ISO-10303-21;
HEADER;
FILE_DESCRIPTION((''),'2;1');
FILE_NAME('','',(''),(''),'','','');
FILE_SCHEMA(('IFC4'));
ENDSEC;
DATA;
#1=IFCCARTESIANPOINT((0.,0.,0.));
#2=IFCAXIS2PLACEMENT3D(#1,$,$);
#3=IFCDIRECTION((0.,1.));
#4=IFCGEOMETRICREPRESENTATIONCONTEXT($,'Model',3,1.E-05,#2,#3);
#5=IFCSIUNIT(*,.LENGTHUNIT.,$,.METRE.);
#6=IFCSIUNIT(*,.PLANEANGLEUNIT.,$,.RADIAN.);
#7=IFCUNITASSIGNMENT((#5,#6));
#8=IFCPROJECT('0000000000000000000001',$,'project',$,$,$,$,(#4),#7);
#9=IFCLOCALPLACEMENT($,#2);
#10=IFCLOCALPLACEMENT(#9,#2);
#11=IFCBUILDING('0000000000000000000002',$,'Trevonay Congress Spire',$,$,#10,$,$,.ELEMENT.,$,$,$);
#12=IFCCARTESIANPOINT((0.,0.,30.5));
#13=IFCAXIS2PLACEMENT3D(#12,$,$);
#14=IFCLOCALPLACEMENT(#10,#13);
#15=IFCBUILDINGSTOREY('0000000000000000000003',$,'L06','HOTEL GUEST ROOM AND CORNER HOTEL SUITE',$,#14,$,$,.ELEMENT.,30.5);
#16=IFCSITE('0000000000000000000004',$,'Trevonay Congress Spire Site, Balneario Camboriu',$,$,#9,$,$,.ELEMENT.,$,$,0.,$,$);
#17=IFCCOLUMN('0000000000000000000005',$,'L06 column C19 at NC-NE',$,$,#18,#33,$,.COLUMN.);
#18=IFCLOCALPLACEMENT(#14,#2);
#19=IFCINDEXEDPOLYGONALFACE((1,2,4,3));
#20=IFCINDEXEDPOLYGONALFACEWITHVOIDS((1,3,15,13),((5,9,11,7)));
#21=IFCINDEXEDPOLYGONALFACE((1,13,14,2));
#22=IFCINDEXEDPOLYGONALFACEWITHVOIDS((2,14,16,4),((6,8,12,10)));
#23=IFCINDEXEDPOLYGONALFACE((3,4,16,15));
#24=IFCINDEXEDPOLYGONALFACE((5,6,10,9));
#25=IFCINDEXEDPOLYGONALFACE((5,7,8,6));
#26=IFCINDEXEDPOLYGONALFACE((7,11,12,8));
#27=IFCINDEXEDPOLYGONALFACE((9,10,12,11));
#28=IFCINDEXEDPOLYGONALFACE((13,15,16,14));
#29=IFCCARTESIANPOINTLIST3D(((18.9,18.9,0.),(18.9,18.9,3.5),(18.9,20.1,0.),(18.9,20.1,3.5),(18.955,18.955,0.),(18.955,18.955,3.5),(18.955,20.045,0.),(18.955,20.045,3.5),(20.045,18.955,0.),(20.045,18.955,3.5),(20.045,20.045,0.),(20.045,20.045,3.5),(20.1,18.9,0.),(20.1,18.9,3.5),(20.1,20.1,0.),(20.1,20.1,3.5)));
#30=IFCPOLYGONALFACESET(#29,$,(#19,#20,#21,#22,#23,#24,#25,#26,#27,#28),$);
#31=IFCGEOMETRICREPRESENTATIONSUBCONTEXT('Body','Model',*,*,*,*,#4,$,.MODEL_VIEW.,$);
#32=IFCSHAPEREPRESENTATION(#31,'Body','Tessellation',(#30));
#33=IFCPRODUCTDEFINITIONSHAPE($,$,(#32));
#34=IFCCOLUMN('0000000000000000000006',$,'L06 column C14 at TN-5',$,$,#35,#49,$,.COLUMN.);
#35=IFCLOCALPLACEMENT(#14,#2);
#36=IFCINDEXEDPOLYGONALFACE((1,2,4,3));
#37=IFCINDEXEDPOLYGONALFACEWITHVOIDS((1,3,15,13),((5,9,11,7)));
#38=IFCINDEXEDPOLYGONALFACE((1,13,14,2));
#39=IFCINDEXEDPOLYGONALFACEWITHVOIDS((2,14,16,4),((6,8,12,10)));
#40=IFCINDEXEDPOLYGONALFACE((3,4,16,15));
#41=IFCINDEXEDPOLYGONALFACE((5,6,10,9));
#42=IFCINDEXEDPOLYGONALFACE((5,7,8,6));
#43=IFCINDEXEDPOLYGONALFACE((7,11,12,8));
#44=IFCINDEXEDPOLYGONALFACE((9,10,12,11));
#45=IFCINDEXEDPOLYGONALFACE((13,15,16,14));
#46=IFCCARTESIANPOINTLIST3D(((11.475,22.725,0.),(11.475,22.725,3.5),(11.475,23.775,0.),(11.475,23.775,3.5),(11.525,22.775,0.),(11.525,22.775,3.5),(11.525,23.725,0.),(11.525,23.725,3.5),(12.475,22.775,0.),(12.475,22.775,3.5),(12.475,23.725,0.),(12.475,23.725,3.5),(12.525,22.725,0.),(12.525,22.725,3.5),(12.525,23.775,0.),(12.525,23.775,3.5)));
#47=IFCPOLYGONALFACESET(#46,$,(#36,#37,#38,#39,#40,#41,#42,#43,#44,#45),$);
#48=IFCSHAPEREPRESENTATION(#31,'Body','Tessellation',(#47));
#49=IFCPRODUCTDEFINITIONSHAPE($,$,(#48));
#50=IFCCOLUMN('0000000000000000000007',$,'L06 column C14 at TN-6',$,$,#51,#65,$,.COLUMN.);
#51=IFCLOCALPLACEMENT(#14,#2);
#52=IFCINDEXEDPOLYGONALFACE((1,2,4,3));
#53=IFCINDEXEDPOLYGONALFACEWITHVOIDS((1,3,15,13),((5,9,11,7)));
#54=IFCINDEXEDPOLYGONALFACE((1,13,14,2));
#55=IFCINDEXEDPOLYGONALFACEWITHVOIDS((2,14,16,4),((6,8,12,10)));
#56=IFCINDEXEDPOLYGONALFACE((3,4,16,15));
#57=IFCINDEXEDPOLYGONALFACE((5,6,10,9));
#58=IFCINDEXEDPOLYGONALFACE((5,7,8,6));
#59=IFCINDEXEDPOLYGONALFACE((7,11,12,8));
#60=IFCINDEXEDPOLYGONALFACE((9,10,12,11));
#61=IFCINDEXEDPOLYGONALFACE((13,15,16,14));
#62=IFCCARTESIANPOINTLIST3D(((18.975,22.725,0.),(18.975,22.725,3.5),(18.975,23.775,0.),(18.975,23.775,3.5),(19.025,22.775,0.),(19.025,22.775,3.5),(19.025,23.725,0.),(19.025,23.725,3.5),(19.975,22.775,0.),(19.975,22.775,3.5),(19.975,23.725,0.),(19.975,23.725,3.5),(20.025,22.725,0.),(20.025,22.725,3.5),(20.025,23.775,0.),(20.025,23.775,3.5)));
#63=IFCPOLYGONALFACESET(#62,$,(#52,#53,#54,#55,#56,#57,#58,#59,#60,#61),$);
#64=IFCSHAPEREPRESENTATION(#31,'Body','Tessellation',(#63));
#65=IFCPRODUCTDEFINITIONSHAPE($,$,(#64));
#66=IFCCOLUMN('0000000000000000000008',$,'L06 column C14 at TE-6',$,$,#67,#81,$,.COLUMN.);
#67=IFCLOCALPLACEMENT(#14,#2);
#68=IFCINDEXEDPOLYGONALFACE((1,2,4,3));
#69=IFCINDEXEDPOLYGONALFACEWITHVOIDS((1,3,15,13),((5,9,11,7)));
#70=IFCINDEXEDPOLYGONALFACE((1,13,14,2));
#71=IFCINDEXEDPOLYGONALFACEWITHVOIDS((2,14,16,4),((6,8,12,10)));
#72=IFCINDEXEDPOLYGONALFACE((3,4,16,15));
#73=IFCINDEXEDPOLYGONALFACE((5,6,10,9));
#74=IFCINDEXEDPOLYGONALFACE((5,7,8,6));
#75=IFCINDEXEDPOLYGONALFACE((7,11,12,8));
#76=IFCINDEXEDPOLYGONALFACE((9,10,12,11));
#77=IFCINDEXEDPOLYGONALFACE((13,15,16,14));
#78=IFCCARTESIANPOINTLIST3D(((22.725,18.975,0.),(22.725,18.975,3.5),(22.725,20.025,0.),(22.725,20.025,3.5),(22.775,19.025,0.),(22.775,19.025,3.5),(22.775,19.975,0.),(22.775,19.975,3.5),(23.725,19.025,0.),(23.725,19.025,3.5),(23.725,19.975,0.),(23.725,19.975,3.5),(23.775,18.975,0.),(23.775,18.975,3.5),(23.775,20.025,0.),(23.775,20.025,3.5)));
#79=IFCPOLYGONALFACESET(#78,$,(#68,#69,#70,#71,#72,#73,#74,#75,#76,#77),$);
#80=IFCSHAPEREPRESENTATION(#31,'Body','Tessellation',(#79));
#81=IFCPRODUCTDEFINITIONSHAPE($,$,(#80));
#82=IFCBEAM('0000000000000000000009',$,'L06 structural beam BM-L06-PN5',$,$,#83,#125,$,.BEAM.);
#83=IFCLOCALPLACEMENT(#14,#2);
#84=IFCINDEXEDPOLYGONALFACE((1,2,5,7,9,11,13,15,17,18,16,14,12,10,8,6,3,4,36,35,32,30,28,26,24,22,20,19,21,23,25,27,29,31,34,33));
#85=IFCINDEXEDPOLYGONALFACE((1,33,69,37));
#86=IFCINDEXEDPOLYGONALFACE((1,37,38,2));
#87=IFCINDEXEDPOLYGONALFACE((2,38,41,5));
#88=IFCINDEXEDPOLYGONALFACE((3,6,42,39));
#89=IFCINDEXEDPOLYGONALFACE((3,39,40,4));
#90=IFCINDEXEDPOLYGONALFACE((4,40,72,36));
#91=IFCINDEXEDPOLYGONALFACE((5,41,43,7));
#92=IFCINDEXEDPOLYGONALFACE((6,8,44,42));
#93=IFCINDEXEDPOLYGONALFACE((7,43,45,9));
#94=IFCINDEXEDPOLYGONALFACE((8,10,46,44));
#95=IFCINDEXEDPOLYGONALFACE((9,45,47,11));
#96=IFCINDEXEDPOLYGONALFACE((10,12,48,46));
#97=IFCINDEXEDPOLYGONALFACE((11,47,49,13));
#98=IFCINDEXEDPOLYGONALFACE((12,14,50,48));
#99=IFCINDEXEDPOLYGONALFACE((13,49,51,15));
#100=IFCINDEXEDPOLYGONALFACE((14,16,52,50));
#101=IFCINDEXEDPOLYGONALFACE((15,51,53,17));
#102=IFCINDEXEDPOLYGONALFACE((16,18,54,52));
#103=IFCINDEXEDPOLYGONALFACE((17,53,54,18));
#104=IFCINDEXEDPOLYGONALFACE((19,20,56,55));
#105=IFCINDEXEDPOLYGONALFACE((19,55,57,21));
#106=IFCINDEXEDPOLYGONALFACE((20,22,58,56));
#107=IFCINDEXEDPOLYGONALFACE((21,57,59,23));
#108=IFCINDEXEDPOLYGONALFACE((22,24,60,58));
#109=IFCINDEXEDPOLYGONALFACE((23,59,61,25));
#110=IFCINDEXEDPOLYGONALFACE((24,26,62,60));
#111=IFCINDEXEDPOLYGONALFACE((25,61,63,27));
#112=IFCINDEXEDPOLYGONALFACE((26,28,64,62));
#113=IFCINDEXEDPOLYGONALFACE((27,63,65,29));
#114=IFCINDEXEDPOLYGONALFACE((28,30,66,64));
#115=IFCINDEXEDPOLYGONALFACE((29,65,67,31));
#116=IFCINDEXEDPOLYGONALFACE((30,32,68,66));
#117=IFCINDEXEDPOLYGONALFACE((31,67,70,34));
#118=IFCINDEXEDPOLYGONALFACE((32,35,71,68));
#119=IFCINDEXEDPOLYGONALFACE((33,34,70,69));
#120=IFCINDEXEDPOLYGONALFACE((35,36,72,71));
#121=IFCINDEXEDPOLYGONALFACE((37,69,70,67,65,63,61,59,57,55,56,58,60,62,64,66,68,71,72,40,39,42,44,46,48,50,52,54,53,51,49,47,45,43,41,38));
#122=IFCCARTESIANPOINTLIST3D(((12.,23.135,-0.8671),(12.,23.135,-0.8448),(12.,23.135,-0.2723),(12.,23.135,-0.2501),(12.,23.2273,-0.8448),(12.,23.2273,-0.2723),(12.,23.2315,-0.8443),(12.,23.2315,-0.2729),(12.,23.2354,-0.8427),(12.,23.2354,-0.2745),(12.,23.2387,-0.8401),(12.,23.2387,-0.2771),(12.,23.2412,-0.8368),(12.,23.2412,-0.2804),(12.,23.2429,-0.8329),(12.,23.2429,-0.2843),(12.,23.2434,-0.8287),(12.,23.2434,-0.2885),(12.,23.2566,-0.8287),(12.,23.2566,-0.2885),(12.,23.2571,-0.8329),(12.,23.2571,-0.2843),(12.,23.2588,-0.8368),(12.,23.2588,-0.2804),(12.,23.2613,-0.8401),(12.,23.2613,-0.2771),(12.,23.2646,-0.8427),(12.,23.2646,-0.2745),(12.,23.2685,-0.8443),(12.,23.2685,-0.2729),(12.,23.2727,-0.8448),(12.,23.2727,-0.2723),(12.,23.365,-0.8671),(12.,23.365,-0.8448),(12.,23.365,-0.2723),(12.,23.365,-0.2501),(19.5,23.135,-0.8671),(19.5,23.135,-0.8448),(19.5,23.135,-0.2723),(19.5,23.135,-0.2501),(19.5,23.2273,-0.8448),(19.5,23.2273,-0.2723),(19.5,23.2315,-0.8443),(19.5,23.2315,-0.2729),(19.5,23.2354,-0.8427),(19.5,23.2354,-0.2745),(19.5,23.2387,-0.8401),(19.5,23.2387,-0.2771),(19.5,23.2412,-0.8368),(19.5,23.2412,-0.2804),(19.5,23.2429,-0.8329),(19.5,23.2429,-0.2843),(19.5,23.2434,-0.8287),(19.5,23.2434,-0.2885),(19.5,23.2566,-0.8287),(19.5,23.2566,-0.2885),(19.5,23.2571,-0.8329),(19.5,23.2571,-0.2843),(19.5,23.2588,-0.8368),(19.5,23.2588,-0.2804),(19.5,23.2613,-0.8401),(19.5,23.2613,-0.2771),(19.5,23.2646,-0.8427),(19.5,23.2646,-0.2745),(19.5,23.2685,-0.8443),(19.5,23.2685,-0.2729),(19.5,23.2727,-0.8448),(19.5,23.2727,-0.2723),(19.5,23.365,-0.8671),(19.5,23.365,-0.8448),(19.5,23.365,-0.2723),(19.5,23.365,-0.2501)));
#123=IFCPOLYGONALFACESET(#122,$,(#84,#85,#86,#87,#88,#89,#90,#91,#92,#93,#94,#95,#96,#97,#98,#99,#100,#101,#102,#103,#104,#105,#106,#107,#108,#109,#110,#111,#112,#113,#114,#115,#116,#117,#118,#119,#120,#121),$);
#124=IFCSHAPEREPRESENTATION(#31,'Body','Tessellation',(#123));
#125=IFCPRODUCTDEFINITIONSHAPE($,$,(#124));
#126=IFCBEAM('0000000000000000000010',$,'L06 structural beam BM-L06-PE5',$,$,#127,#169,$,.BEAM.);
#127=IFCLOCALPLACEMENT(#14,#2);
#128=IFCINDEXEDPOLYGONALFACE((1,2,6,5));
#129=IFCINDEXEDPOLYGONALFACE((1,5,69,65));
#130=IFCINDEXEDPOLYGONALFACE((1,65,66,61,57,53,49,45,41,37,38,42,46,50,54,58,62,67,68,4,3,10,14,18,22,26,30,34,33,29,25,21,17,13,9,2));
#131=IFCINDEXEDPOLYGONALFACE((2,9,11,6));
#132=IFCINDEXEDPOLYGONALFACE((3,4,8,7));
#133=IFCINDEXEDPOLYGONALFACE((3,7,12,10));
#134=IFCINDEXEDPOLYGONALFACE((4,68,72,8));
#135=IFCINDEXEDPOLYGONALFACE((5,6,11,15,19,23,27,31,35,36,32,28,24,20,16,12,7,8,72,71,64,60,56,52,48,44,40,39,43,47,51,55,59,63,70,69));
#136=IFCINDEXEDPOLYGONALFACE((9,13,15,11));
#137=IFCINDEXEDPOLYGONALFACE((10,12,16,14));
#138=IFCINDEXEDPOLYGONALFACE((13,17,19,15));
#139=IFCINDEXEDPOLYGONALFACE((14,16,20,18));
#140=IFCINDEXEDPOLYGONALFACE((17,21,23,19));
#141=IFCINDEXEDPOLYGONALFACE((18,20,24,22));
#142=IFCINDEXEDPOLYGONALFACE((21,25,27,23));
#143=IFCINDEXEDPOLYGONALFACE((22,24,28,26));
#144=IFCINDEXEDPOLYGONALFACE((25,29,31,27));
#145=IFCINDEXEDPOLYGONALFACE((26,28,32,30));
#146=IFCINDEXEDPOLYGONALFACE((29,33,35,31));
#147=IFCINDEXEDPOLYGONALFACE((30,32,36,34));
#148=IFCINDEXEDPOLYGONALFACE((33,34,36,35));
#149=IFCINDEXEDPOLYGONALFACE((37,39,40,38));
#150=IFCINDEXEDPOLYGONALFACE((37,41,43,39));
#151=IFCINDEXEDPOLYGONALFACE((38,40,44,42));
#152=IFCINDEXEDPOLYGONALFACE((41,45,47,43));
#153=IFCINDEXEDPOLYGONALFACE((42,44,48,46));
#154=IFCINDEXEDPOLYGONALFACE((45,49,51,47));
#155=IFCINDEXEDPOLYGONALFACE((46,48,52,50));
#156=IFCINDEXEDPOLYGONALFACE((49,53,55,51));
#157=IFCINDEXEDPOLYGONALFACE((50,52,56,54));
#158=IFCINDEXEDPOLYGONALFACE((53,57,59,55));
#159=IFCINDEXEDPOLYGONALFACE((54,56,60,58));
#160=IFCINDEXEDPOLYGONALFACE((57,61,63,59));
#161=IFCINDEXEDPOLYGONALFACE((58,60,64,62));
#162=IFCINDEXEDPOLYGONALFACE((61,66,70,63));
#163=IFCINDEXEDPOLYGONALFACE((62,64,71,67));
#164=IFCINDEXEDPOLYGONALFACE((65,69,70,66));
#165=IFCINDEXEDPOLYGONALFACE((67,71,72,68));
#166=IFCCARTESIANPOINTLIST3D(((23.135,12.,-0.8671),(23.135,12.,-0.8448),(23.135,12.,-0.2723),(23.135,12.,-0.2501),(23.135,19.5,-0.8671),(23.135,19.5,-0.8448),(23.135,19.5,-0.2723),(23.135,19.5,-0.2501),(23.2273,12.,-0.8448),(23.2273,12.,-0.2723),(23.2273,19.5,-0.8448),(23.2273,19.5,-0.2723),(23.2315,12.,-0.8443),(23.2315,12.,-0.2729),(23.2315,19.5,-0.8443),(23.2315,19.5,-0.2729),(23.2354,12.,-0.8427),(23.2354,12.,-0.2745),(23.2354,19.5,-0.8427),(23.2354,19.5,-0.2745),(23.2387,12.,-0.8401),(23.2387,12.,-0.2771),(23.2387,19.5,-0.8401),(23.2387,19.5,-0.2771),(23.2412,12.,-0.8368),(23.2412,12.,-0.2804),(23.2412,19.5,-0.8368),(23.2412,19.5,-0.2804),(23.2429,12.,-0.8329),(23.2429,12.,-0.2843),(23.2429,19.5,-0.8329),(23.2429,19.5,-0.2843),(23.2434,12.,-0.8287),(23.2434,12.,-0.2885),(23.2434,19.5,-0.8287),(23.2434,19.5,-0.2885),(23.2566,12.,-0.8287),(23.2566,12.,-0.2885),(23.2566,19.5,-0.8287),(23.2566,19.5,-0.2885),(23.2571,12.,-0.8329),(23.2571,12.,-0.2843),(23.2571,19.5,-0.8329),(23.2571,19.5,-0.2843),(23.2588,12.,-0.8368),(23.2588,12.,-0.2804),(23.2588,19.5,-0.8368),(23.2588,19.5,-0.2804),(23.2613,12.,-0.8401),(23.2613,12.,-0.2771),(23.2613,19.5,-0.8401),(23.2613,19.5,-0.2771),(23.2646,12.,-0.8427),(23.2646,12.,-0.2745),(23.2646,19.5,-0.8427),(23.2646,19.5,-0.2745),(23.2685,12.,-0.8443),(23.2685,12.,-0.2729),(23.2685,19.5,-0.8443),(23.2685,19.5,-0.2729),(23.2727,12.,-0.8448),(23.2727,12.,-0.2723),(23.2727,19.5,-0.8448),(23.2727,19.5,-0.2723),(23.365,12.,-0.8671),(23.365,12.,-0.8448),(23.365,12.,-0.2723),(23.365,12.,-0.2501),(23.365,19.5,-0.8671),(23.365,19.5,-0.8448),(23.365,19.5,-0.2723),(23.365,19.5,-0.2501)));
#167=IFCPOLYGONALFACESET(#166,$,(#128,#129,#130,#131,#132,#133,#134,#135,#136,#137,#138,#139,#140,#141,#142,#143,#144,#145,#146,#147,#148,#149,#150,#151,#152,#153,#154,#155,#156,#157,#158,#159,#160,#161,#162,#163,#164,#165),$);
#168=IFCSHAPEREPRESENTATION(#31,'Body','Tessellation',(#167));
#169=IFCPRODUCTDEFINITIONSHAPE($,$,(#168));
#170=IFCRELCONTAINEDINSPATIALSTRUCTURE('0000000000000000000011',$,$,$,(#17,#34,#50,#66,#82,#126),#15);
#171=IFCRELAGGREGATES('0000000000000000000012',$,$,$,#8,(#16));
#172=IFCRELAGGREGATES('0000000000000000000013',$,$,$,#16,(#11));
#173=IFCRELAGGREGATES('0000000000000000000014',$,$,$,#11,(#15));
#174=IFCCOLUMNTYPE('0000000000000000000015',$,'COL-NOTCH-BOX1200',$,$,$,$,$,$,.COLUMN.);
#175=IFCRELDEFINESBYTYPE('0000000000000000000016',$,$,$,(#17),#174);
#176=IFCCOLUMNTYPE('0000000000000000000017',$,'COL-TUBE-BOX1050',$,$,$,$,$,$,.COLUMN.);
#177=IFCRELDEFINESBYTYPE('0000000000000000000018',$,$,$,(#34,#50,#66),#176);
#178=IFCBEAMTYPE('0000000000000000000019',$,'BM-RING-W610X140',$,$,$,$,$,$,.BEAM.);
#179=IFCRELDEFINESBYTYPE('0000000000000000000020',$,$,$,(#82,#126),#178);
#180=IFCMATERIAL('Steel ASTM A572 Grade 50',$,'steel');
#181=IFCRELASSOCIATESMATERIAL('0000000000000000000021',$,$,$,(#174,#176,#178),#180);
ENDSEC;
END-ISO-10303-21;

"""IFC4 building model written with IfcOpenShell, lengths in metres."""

from ifc_helpers import new_model, si_unit, direction, frame, origin, origin_2d, place, context, subcontext, project, spatial, hollow_rectangle, i_section, extrude, material, material_profile, profile_set, type_object, element, save


model = new_model("IFC4")

# Units and contexts
model_context = context("Model", 3, precision=1e-05, world=origin(), true_north=direction((0.0, 1.0)))
body_context = subcontext(model_context, "Body", "Model", "MODEL_VIEW")
ifc_project = project(units=[si_unit("LENGTHUNIT", "METRE"), si_unit("PLANEANGLEUNIT", "RADIAN")], contexts=[model_context])

# Site, building, storey
site_placement = place(None, origin())
site = spatial("IfcSite", under=ifc_project, at=site_placement, Name="Trevonay Congress Spire Site, Balneario Camboriu", CompositionType="ELEMENT", RefElevation=0.0)
building_placement = place(site_placement, origin())
building = spatial("IfcBuilding", under=site, at=building_placement, Name="Trevonay Congress Spire", CompositionType="ELEMENT")
storey_placement = place(building_placement, frame((0.0, 0.0, 30.5)))
storey = spatial("IfcBuildingStorey", under=building, at=storey_placement, Name="L06", Description="HOTEL GUEST ROOM AND CORNER HOTEL SUITE", CompositionType="ELEMENT", Elevation=30.5)

# Columns
ifc_material_1 = material(Name="Steel ASTM A572 Grade 50", Category="steel")
ifc_material_profile_1 = material_profile(ifc_material_1, hollow_rectangle(XDim=1.2, YDim=1.2, WallThickness=0.0549, at=origin_2d()), Name="BOX 1200x1200x55")
ifc_profile_set_1 = profile_set([ifc_material_profile_1], Name="Steel ASTM A572 Grade 50")
column_type_1 = type_object("IfcColumnType", Name="COL-NOTCH-BOX1200", PredefinedType="COLUMN", material=ifc_profile_set_1)
column_placement = place(storey_placement, frame((19.5, 19.5, 0.0), z_axis=(0.0, 0.0, 1.0), x_axis=(1.0, 0.0, 0.0)))
element("IfcColumn", 1, at=column_placement, inside=storey, type_object=column_type_1, Name="L06 column C19 at NC-NE", PredefinedType="COLUMN", context=body_context, shape_type="SweptSolid", body=[
    extrude(hollow_rectangle(XDim=1.2, YDim=1.2, WallThickness=0.0549, at=origin_2d()), origin(), (0.0, 0.0, 1.0), 3.5),
])
ifc_material_profile_2 = material_profile(ifc_material_1, hollow_rectangle(XDim=1.05, YDim=1.05, WallThickness=0.05, at=origin_2d()), Name="BOX 1050x1050x50")
ifc_profile_set_2 = profile_set([ifc_material_profile_2], Name="Steel ASTM A572 Grade 50")
column_type_2 = type_object("IfcColumnType", Name="COL-TUBE-BOX1050", PredefinedType="COLUMN", material=ifc_profile_set_2)
for number, where, z_axis, x_axis, name in (
    (2, (12.0, 23.25, 0.0), (0.0, 0.0, 1.0), (1.0, 0.0, 0.0), "L06 column C14 at TN-5"),
    (3, (19.5, 23.25, 0.0), (0.0, 0.0, 1.0), (1.0, 0.0, 0.0), "L06 column C14 at TN-6"),
    (4, (23.25, 19.5, 0.0), (0.0, 0.0, 1.0), (1.0, 0.0, 0.0), "L06 column C14 at TE-6"),
):
    element("IfcColumn", number, at=place(storey_placement, frame(where, z_axis=z_axis, x_axis=x_axis)), inside=storey, type_object=column_type_2, Name=name, PredefinedType="COLUMN", context=body_context, shape_type="SweptSolid", body=[
        extrude(hollow_rectangle(XDim=1.05, YDim=1.05, WallThickness=0.05, at=origin_2d()), origin(), (0.0, 0.0, 1.0), 3.5),
    ])

# Beams
ifc_material_profile_3 = material_profile(ifc_material_1, i_section(OverallWidth=0.23, OverallDepth=0.6169, WebThickness=0.0132, FlangeThickness=0.0222, FilletRadius=0.0161, at=origin_2d()), Name="W610x140")
ifc_profile_set_3 = profile_set([ifc_material_profile_3], Name="Steel ASTM A572 Grade 50")
beam_type = type_object("IfcBeamType", Name="BM-RING-W610X140", PredefinedType="BEAM", material=ifc_profile_set_3)
for number, where, z_axis, x_axis, name in (
    (5, (12.0, 23.25, -0.5586), (1.0, 0.0, 0.0), (0.0, 1.0, 0.0), "L06 structural beam BM-L06-PN5"),
    (6, (23.25, 12.0, -0.5586), (0.0, 1.0, 0.0), (-1.0, 0.0, 0.0), "L06 structural beam BM-L06-PE5"),
):
    element("IfcBeam", number, at=place(storey_placement, frame(where, z_axis=z_axis, x_axis=x_axis)), inside=storey, type_object=beam_type, Name=name, PredefinedType="BEAM", context=body_context, shape_type="SweptSolid", body=[
        extrude(i_section(OverallWidth=0.23, OverallDepth=0.6169, WebThickness=0.0132, FlangeThickness=0.0222, FilletRadius=0.0161, at=origin_2d()), origin(), (0.0, 0.0, 1.0), 7.5),
    ])

save(model, "model.ifc")
